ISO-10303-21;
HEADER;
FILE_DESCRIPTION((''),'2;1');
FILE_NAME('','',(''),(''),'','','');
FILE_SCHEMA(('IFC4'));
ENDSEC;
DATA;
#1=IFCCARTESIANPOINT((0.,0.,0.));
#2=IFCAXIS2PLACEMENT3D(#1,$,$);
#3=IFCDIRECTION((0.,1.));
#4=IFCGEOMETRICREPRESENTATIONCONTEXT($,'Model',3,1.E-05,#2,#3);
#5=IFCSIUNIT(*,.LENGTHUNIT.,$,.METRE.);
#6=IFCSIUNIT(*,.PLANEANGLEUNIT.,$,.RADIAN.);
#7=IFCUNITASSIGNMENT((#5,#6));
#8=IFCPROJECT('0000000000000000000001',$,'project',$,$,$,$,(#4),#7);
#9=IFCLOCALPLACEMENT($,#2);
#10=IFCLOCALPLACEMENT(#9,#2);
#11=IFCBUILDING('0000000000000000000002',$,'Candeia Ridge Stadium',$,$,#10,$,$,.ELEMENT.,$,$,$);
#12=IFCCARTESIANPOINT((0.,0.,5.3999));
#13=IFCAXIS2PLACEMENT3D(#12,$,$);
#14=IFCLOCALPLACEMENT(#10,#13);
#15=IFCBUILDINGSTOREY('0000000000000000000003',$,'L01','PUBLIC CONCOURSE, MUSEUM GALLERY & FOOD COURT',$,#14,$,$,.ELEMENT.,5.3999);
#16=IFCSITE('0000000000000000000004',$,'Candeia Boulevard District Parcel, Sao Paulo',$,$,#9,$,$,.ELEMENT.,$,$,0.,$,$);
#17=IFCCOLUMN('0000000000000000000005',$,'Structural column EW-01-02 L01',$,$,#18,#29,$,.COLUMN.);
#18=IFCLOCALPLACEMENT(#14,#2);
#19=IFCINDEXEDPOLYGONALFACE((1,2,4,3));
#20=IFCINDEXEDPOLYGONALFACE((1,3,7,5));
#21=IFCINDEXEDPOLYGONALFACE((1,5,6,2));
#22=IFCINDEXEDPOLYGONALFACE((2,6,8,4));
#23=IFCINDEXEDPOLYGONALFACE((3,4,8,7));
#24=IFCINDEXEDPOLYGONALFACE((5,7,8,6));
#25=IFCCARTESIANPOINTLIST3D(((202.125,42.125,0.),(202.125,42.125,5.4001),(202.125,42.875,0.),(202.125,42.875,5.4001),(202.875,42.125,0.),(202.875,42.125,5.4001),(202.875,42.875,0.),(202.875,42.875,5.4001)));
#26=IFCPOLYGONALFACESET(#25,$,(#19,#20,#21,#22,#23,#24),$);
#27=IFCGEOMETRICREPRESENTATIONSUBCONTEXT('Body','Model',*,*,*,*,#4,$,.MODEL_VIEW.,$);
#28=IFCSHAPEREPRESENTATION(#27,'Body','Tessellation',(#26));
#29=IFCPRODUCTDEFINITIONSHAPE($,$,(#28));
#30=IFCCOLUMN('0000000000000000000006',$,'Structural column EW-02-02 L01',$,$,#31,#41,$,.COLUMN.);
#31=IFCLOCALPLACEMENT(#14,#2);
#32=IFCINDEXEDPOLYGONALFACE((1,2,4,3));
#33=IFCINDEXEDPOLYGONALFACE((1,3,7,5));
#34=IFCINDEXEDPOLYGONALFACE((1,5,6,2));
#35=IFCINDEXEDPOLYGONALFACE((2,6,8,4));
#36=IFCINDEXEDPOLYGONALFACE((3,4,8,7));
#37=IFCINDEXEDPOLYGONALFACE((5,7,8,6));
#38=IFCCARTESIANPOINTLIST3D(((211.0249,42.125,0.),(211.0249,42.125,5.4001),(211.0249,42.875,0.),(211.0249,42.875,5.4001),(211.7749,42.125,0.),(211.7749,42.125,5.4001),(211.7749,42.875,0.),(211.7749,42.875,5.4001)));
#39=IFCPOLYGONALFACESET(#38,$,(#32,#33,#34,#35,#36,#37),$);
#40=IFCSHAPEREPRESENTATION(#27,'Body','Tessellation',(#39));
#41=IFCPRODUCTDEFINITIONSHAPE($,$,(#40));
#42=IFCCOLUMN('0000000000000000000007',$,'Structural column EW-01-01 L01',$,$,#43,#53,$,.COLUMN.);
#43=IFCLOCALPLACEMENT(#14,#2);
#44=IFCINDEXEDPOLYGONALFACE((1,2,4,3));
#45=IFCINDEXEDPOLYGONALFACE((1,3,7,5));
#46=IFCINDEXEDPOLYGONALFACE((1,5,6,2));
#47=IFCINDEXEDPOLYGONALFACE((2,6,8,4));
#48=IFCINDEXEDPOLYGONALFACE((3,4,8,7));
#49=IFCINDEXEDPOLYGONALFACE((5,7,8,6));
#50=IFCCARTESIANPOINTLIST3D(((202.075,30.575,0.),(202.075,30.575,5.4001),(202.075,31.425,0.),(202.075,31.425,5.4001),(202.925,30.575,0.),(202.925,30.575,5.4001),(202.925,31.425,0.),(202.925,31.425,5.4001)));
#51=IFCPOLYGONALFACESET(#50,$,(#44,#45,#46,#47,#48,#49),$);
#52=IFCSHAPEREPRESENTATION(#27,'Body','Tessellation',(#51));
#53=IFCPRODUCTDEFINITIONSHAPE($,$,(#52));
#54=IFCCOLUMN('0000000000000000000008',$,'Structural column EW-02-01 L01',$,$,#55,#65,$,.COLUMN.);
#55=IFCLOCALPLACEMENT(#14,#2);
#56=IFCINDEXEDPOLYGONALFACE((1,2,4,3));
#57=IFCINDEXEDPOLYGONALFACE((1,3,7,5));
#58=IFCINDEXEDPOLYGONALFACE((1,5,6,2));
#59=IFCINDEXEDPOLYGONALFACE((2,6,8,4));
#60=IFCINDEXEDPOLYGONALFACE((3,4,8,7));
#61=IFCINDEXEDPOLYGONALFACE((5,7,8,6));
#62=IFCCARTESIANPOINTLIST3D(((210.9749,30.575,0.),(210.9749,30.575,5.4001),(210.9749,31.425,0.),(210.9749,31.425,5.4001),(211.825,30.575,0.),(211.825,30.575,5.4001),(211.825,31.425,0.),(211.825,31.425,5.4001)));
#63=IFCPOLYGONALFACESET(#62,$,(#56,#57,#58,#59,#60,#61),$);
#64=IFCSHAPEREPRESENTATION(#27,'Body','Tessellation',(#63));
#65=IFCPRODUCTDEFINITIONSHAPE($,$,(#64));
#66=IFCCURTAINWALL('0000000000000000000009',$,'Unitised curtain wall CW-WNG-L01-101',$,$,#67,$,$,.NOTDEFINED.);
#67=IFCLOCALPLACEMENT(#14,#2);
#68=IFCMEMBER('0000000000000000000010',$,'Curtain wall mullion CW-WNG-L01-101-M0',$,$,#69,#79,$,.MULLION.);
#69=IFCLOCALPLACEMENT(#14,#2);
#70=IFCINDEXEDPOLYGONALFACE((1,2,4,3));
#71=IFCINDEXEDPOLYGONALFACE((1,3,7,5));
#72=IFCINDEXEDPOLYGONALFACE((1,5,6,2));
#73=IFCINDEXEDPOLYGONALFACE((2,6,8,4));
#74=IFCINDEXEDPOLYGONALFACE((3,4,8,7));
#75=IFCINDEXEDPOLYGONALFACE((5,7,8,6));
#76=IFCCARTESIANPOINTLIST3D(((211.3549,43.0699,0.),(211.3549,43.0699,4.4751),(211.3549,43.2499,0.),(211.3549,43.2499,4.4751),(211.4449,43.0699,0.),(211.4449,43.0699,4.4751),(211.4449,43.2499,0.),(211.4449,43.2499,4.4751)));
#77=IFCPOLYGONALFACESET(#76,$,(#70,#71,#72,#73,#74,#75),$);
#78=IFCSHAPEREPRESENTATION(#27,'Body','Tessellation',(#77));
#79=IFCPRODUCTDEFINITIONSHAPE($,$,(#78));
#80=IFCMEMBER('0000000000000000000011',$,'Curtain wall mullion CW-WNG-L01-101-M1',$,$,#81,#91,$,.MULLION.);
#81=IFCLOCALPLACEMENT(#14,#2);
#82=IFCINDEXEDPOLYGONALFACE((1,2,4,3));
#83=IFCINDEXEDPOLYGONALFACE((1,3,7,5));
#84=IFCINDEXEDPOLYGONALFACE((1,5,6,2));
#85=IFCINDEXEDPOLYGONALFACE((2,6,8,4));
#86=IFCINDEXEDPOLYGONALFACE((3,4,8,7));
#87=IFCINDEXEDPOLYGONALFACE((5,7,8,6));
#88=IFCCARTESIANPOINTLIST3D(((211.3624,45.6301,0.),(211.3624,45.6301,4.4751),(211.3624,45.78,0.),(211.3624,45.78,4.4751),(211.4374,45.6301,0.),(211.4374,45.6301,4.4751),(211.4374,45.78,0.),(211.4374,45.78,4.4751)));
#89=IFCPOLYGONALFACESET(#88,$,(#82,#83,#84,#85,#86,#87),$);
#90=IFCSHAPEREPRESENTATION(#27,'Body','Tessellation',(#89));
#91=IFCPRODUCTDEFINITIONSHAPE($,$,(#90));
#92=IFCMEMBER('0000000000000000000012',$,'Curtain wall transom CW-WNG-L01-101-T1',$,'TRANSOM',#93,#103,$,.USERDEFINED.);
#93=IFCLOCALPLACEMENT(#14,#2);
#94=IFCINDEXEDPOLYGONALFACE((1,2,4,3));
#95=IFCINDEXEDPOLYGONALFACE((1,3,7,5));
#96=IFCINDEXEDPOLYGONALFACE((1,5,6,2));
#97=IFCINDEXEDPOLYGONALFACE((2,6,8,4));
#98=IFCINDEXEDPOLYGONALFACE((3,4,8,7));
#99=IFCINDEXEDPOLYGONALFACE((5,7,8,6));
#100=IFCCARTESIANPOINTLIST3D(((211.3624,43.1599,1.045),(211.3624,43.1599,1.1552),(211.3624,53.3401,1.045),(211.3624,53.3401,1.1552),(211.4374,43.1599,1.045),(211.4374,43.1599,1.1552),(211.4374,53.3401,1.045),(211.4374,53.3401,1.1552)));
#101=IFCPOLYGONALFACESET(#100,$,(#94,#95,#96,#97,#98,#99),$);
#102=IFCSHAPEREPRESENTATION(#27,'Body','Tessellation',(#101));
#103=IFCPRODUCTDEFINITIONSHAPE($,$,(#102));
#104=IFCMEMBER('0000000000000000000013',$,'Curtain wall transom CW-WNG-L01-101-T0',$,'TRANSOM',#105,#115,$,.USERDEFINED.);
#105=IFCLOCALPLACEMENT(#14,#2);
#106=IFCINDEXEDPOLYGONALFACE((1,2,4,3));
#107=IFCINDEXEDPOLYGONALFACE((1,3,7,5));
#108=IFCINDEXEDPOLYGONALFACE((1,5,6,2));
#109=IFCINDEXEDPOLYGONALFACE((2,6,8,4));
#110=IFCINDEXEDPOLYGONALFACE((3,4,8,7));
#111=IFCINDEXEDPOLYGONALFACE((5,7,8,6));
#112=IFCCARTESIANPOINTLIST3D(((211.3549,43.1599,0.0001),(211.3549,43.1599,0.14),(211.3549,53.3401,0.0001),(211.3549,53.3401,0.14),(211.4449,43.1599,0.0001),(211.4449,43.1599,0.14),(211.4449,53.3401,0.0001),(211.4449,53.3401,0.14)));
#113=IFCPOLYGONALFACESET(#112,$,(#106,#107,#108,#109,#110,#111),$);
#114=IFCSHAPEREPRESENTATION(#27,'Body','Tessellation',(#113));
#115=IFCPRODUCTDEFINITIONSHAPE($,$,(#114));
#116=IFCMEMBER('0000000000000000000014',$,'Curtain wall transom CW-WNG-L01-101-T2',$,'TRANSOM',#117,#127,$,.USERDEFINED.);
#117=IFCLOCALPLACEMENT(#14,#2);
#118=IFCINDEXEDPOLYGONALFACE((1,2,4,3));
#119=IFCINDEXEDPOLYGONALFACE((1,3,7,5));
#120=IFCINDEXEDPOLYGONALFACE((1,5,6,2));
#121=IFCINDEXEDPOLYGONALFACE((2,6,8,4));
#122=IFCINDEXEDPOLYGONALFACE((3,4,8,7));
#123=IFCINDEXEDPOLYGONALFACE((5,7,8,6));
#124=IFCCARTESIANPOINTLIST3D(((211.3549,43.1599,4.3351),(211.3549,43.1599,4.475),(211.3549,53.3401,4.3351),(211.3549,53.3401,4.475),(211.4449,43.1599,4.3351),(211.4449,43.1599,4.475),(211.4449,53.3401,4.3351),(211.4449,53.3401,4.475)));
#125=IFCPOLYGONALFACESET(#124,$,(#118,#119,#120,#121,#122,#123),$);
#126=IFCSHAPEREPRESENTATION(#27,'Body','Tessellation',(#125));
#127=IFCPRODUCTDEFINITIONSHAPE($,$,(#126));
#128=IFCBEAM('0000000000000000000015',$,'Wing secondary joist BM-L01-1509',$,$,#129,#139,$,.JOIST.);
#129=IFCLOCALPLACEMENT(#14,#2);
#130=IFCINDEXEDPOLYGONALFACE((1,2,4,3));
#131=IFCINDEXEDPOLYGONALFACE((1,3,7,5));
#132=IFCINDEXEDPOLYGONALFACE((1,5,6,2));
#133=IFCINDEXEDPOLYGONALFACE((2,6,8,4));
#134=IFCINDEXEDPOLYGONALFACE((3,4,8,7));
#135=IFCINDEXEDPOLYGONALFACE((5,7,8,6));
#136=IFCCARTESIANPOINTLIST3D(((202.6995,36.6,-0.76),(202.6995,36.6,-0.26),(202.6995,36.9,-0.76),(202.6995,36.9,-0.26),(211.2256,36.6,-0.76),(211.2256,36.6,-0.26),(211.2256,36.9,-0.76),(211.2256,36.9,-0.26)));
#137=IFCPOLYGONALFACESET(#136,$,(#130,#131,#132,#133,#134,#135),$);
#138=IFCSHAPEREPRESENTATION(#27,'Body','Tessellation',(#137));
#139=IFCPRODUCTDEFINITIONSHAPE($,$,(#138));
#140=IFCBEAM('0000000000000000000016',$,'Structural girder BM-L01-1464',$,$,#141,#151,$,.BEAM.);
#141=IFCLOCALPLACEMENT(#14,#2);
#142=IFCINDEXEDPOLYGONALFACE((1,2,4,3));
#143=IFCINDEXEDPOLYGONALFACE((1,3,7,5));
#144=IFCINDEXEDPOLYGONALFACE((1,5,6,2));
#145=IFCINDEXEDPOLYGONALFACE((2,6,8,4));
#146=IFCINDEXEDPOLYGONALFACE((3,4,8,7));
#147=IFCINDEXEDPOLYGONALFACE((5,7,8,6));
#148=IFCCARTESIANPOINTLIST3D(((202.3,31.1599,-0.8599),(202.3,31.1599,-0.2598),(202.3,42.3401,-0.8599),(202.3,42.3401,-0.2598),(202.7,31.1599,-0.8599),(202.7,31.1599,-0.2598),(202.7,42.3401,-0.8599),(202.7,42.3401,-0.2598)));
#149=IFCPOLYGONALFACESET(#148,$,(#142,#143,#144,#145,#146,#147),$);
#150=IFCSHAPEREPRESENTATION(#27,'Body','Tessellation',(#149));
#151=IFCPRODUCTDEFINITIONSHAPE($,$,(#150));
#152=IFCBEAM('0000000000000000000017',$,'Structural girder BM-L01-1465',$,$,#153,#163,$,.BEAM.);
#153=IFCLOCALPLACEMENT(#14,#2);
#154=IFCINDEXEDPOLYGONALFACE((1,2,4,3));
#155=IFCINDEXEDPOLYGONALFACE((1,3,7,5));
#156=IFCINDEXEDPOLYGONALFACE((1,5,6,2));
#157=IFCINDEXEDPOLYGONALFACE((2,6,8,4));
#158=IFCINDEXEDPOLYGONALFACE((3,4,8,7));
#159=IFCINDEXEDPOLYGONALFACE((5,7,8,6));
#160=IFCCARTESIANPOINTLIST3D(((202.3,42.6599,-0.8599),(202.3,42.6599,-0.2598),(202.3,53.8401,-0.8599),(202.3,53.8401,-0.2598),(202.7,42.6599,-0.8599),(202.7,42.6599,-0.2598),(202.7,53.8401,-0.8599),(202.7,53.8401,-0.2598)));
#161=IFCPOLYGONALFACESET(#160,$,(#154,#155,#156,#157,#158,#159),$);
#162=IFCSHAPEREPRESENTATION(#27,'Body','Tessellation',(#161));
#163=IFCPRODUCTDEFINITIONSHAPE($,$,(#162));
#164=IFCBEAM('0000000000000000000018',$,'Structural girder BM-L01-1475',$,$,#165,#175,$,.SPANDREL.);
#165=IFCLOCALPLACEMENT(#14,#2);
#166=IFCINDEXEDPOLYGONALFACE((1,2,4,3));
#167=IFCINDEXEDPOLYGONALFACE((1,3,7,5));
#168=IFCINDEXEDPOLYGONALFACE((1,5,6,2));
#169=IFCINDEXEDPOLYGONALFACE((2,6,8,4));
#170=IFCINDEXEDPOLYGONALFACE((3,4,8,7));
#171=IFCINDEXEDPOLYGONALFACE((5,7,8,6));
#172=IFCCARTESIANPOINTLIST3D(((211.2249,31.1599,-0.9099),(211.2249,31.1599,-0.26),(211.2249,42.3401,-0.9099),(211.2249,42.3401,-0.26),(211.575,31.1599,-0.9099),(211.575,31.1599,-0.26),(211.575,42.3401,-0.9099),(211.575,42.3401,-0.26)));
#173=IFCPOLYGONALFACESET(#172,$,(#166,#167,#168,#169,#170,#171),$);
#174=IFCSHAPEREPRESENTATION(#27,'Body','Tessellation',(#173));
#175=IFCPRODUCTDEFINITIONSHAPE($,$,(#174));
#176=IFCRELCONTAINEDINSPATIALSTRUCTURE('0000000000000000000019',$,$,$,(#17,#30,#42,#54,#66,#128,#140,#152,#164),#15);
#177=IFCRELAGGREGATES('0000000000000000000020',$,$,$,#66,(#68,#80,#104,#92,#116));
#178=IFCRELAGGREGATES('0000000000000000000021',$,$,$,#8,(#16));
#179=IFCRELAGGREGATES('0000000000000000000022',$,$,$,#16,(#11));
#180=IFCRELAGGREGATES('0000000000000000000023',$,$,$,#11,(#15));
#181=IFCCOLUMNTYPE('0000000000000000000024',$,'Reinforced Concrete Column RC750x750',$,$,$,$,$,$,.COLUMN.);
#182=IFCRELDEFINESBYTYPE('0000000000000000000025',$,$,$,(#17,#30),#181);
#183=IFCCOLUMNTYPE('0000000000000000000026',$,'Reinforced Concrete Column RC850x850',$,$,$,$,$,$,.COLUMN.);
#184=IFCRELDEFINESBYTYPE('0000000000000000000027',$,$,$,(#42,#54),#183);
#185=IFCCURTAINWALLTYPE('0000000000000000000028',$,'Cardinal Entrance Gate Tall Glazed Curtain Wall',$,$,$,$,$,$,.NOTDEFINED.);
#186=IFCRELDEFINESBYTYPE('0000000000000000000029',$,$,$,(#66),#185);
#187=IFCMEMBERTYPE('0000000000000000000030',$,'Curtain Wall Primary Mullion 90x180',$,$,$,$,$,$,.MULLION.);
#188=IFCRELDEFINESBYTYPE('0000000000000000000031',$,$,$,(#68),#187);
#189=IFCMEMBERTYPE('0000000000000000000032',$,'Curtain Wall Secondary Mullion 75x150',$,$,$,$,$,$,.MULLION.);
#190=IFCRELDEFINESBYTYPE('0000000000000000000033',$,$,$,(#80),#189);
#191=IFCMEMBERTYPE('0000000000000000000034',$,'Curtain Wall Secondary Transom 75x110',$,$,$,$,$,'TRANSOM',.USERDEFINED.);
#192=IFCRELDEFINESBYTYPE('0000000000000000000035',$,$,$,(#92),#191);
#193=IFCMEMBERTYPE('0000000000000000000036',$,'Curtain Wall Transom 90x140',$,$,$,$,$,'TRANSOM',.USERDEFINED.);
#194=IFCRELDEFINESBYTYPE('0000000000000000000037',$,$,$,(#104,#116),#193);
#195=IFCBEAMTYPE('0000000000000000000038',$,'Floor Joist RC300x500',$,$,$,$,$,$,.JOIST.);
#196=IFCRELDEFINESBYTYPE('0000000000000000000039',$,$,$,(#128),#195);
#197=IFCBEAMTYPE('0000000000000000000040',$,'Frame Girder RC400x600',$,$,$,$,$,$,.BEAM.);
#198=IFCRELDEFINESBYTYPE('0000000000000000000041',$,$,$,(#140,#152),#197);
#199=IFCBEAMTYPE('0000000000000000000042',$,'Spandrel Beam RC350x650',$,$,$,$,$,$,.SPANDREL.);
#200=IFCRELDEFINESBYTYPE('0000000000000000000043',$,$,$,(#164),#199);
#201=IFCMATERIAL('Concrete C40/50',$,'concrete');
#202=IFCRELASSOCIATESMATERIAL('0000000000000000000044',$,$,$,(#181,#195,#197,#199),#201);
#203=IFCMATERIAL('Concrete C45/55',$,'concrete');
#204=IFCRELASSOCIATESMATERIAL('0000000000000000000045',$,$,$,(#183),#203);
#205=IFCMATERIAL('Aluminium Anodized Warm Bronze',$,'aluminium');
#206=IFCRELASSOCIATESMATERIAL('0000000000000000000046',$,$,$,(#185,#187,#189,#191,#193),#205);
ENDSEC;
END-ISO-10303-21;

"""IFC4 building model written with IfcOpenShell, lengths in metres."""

from ifc_helpers import new_model, si_unit, direction, frame, origin, origin_2d, place, context, subcontext, project, spatial, rectangle, extrude, material, material_profile, profile_set, type_object, element, aggregate, save


model = new_model("IFC4")

# Units and contexts
model_context = context("Model", 3, precision=1e-05, world=origin(), true_north=direction((0.0, 1.0)))
body_context = subcontext(model_context, "Body", "Model", "MODEL_VIEW")
ifc_project = project(units=[si_unit("LENGTHUNIT", "METRE"), si_unit("PLANEANGLEUNIT", "RADIAN")], contexts=[model_context])

# Site, building, storey
site_placement = place(None, origin())
site = spatial("IfcSite", under=ifc_project, at=site_placement, Name="Candeia Boulevard District Parcel, Sao Paulo", CompositionType="ELEMENT", RefElevation=0.0)
building_placement = place(site_placement, origin())
building = spatial("IfcBuilding", under=site, at=building_placement, Name="Candeia Ridge Stadium", CompositionType="ELEMENT")
storey_placement = place(building_placement, frame((0.0, 0.0, 5.3999)))
storey = spatial("IfcBuildingStorey", under=building, at=storey_placement, Name="L01", Description="PUBLIC CONCOURSE, MUSEUM GALLERY & FOOD COURT", CompositionType="ELEMENT", Elevation=5.3999)

# Columns
ifc_material_1 = material(Name="Concrete C40/50", Category="concrete")
ifc_material_profile_1 = material_profile(ifc_material_1, rectangle(XDim=0.75, YDim=0.75, at=origin_2d()), Name="RC750x750", Category="concrete")
ifc_profile_set_1 = profile_set([ifc_material_profile_1], Name="Concrete C40/50")
column_type_1 = type_object("IfcColumnType", Name="Reinforced Concrete Column RC750x750", PredefinedType="COLUMN", material=ifc_profile_set_1)
for number, where, z_axis, x_axis, name in (
    (1, (202.5, 42.5, 0.0), (0.0, 0.0, 1.0), (1.0, 0.0, 0.0), "Structural column EW-01-02 L01"),
    (2, (211.3999, 42.5, 0.0), (0.0, 0.0, 1.0), (1.0, 0.0, 0.0), "Structural column EW-02-02 L01"),
):
    element("IfcColumn", number, at=place(storey_placement, frame(where, z_axis=z_axis, x_axis=x_axis)), inside=storey, type_object=column_type_1, Name=name, PredefinedType="COLUMN", context=body_context, shape_type="SweptSolid", body=[
        extrude(rectangle(XDim=0.75, YDim=0.75, at=origin_2d()), origin(), (0.0, 0.0, 1.0), 5.4001),
    ])
ifc_material_2 = material(Name="Concrete C45/55", Category="concrete")
ifc_material_profile_2 = material_profile(ifc_material_2, rectangle(XDim=0.8501, YDim=0.8501, at=origin_2d()), Name="RC850x850", Category="concrete")
ifc_profile_set_2 = profile_set([ifc_material_profile_2], Name="Concrete C45/55")
column_type_2 = type_object("IfcColumnType", Name="Reinforced Concrete Column RC850x850", PredefinedType="COLUMN", material=ifc_profile_set_2)
for number, where, z_axis, x_axis, name in (
    (3, (202.5, 31.0, 0.0), (0.0, 0.0, 1.0), (1.0, 0.0, 0.0), "Structural column EW-01-01 L01"),
    (4, (211.3999, 31.0, 0.0), (0.0, 0.0, 1.0), (1.0, 0.0, 0.0), "Structural column EW-02-01 L01"),
):
    element("IfcColumn", number, at=place(storey_placement, frame(where, z_axis=z_axis, x_axis=x_axis)), inside=storey, type_object=column_type_2, Name=name, PredefinedType="COLUMN", context=body_context, shape_type="SweptSolid", body=[
        extrude(rectangle(XDim=0.8501, YDim=0.8501, at=origin_2d()), origin(), (0.0, 0.0, 1.0), 5.4001),
    ])

# Curtain wall, members
ifc_material_3 = material(Name="Aluminium Anodized Warm Bronze", Category="aluminium")
curtain_wall_type = type_object("IfcCurtainWallType", Name="Cardinal Entrance Gate Tall Glazed Curtain Wall", PredefinedType="NOTDEFINED", material=ifc_material_3)
curtain_wall_placement = place(storey_placement, origin())
curtain_wall = element("IfcCurtainWall", 5, at=curtain_wall_placement, inside=storey, type_object=curtain_wall_type, Name="Unitised curtain wall CW-WNG-L01-101", PredefinedType="NOTDEFINED")
ifc_material_profile_3 = material_profile(ifc_material_3, rectangle(XDim=0.0901, YDim=0.1799, at=origin_2d()), Name="CWM-90x180", Category="aluminium")
ifc_profile_set_3 = profile_set([ifc_material_profile_3], Name="Aluminium Anodized Warm Bronze")
member_type_1 = type_object("IfcMemberType", Name="Curtain Wall Primary Mullion 90x180", PredefinedType="MULLION", material=ifc_profile_set_3)
member_1_placement = place(storey_placement, frame((211.3999, 43.1599, 0.0), z_axis=(0.0, 0.0, 1.0), x_axis=(1.0, 0.0, 0.0)))
member_1 = element("IfcMember", 6, at=member_1_placement, type_object=member_type_1, Name="Curtain wall mullion CW-WNG-L01-101-M0", PredefinedType="MULLION", context=body_context, shape_type="SweptSolid", body=[
    extrude(rectangle(XDim=0.0901, YDim=0.1799, at=origin_2d()), origin(), (0.0, 0.0, 1.0), 4.4751),
])
ifc_material_profile_4 = material_profile(ifc_material_3, rectangle(XDim=0.075, YDim=0.1499, at=origin_2d()), Name="CWM-75x150", Category="aluminium")
ifc_profile_set_4 = profile_set([ifc_material_profile_4], Name="Aluminium Anodized Warm Bronze")
member_type_2 = type_object("IfcMemberType", Name="Curtain Wall Secondary Mullion 75x150", PredefinedType="MULLION", material=ifc_profile_set_4)
member_2_placement = place(storey_placement, frame((211.3999, 45.7051, 0.0), z_axis=(0.0, 0.0, 1.0), x_axis=(1.0, 0.0, 0.0)))
member_2 = element("IfcMember", 7, at=member_2_placement, type_object=member_type_2, Name="Curtain wall mullion CW-WNG-L01-101-M1", PredefinedType="MULLION", context=body_context, shape_type="SweptSolid", body=[
    extrude(rectangle(XDim=0.075, YDim=0.1499, at=origin_2d()), origin(), (0.0, 0.0, 1.0), 4.4751),
])
ifc_material_profile_5 = material_profile(ifc_material_3, rectangle(XDim=0.075, YDim=0.1101, at=origin_2d()), Name="CWT-75x110", Category="aluminium")
ifc_profile_set_5 = profile_set([ifc_material_profile_5], Name="Aluminium Anodized Warm Bronze")
member_type_3 = type_object("IfcMemberType", Name="Curtain Wall Secondary Transom 75x110", ElementType="TRANSOM", PredefinedType="USERDEFINED", material=ifc_profile_set_5)
member_3_placement = place(storey_placement, frame((211.3999, 43.1599, 1.1001), z_axis=(0.0, 1.0, 0.0), x_axis=(-1.0, 0.0, 0.0)))
member_3 = element("IfcMember", 8, at=member_3_placement, type_object=member_type_3, Name="Curtain wall transom CW-WNG-L01-101-T1", ObjectType="TRANSOM", PredefinedType="USERDEFINED", context=body_context, shape_type="SweptSolid", body=[
    extrude(rectangle(XDim=0.075, YDim=0.1101, at=origin_2d()), origin(), (0.0, 0.0, 1.0), 10.1802),
])
ifc_material_profile_6 = material_profile(ifc_material_3, rectangle(XDim=0.0901, YDim=0.1399, at=origin_2d()), Name="CWT-90x140", Category="aluminium")
ifc_profile_set_6 = profile_set([ifc_material_profile_6], Name="Aluminium Anodized Warm Bronze")
member_type_4 = type_object("IfcMemberType", Name="Curtain Wall Transom 90x140", ElementType="TRANSOM", PredefinedType="USERDEFINED", material=ifc_profile_set_6)
member_4_placement = place(storey_placement, frame((211.3999, 43.1599, 0.0701), z_axis=(0.0, 1.0, 0.0), x_axis=(-1.0, 0.0, 0.0)))
member_4 = element("IfcMember", 9, at=member_4_placement, type_object=member_type_4, Name="Curtain wall transom CW-WNG-L01-101-T0", ObjectType="TRANSOM", PredefinedType="USERDEFINED", context=body_context, shape_type="SweptSolid", body=[
    extrude(rectangle(XDim=0.0901, YDim=0.1399, at=origin_2d()), origin(), (0.0, 0.0, 1.0), 10.1802),
])
member_5_placement = place(storey_placement, frame((211.3999, 43.1599, 4.405), z_axis=(0.0, 1.0, 0.0), x_axis=(-1.0, 0.0, 0.0)))
member_5 = element("IfcMember", 10, at=member_5_placement, type_object=member_type_4, Name="Curtain wall transom CW-WNG-L01-101-T2", ObjectType="TRANSOM", PredefinedType="USERDEFINED", context=body_context, shape_type="SweptSolid", body=[
    extrude(rectangle(XDim=0.0901, YDim=0.1399, at=origin_2d()), origin(), (0.0, 0.0, 1.0), 10.1802),
])

# Beams
ifc_material_profile_7 = material_profile(ifc_material_1, rectangle(XDim=0.3, YDim=0.5, at=origin_2d()), Name="RC300x500", Category="concrete")
ifc_profile_set_7 = profile_set([ifc_material_profile_7], Name="Concrete C40/50")
beam_type_1 = type_object("IfcBeamType", Name="Floor Joist RC300x500", PredefinedType="JOIST", material=ifc_profile_set_7)
beam_placement = place(storey_placement, frame((202.6995, 36.75, -0.51), z_axis=(1.0, 0.0, 0.0), x_axis=(0.0, 1.0, 0.0)))
element("IfcBeam", 11, at=beam_placement, inside=storey, type_object=beam_type_1, Name="Wing secondary joist BM-L01-1509", PredefinedType="JOIST", context=body_context, shape_type="SweptSolid", body=[
    extrude(rectangle(XDim=0.3, YDim=0.5, at=origin_2d()), origin(), (0.0, 0.0, 1.0), 8.5261),
])
ifc_material_profile_8 = material_profile(ifc_material_1, rectangle(XDim=0.3999, YDim=0.6001, at=origin_2d()), Name="RC400x600", Category="concrete")
ifc_profile_set_8 = profile_set([ifc_material_profile_8], Name="Concrete C40/50")
beam_type_2 = type_object("IfcBeamType", Name="Frame Girder RC400x600", PredefinedType="BEAM", material=ifc_profile_set_8)
for number, where, z_axis, x_axis, name in (
    (12, (202.5, 31.1599, -0.5598), (0.0, 1.0, 0.0), (-1.0, 0.0, 0.0), "Structural girder BM-L01-1464"),
    (13, (202.5, 42.6599, -0.5598), (0.0, 1.0, 0.0), (-1.0, 0.0, 0.0), "Structural girder BM-L01-1465"),
):
    element("IfcBeam", number, at=place(storey_placement, frame(where, z_axis=z_axis, x_axis=x_axis)), inside=storey, type_object=beam_type_2, Name=name, PredefinedType="BEAM", context=body_context, shape_type="SweptSolid", body=[
        extrude(rectangle(XDim=0.3999, YDim=0.6001, at=origin_2d()), origin(), (0.0, 0.0, 1.0), 11.1802),
    ])
ifc_material_profile_9 = material_profile(ifc_material_1, rectangle(XDim=0.3501, YDim=0.6499, at=origin_2d()), Name="RC350x650", Category="concrete")
ifc_profile_set_9 = profile_set([ifc_material_profile_9], Name="Concrete C40/50")
beam_type_3 = type_object("IfcBeamType", Name="Spandrel Beam RC350x650", PredefinedType="SPANDREL", material=ifc_profile_set_9)
for number, where, z_axis, x_axis, name in (
    (14, (211.3999, 31.1599, -0.585), (0.0, 1.0, 0.0), (-1.0, 0.0, 0.0), "Structural girder BM-L01-1475"),
):
    element("IfcBeam", number, at=place(storey_placement, frame(where, z_axis=z_axis, x_axis=x_axis)), inside=storey, type_object=beam_type_3, Name=name, PredefinedType="SPANDREL", context=body_context, shape_type="SweptSolid", body=[
        extrude(rectangle(XDim=0.3501, YDim=0.6499, at=origin_2d()), origin(), (0.0, 0.0, 1.0), 11.1802),
    ])

aggregate(curtain_wall, [member_1, member_2, member_4, member_3, member_5])

save(model, "model.ifc")
